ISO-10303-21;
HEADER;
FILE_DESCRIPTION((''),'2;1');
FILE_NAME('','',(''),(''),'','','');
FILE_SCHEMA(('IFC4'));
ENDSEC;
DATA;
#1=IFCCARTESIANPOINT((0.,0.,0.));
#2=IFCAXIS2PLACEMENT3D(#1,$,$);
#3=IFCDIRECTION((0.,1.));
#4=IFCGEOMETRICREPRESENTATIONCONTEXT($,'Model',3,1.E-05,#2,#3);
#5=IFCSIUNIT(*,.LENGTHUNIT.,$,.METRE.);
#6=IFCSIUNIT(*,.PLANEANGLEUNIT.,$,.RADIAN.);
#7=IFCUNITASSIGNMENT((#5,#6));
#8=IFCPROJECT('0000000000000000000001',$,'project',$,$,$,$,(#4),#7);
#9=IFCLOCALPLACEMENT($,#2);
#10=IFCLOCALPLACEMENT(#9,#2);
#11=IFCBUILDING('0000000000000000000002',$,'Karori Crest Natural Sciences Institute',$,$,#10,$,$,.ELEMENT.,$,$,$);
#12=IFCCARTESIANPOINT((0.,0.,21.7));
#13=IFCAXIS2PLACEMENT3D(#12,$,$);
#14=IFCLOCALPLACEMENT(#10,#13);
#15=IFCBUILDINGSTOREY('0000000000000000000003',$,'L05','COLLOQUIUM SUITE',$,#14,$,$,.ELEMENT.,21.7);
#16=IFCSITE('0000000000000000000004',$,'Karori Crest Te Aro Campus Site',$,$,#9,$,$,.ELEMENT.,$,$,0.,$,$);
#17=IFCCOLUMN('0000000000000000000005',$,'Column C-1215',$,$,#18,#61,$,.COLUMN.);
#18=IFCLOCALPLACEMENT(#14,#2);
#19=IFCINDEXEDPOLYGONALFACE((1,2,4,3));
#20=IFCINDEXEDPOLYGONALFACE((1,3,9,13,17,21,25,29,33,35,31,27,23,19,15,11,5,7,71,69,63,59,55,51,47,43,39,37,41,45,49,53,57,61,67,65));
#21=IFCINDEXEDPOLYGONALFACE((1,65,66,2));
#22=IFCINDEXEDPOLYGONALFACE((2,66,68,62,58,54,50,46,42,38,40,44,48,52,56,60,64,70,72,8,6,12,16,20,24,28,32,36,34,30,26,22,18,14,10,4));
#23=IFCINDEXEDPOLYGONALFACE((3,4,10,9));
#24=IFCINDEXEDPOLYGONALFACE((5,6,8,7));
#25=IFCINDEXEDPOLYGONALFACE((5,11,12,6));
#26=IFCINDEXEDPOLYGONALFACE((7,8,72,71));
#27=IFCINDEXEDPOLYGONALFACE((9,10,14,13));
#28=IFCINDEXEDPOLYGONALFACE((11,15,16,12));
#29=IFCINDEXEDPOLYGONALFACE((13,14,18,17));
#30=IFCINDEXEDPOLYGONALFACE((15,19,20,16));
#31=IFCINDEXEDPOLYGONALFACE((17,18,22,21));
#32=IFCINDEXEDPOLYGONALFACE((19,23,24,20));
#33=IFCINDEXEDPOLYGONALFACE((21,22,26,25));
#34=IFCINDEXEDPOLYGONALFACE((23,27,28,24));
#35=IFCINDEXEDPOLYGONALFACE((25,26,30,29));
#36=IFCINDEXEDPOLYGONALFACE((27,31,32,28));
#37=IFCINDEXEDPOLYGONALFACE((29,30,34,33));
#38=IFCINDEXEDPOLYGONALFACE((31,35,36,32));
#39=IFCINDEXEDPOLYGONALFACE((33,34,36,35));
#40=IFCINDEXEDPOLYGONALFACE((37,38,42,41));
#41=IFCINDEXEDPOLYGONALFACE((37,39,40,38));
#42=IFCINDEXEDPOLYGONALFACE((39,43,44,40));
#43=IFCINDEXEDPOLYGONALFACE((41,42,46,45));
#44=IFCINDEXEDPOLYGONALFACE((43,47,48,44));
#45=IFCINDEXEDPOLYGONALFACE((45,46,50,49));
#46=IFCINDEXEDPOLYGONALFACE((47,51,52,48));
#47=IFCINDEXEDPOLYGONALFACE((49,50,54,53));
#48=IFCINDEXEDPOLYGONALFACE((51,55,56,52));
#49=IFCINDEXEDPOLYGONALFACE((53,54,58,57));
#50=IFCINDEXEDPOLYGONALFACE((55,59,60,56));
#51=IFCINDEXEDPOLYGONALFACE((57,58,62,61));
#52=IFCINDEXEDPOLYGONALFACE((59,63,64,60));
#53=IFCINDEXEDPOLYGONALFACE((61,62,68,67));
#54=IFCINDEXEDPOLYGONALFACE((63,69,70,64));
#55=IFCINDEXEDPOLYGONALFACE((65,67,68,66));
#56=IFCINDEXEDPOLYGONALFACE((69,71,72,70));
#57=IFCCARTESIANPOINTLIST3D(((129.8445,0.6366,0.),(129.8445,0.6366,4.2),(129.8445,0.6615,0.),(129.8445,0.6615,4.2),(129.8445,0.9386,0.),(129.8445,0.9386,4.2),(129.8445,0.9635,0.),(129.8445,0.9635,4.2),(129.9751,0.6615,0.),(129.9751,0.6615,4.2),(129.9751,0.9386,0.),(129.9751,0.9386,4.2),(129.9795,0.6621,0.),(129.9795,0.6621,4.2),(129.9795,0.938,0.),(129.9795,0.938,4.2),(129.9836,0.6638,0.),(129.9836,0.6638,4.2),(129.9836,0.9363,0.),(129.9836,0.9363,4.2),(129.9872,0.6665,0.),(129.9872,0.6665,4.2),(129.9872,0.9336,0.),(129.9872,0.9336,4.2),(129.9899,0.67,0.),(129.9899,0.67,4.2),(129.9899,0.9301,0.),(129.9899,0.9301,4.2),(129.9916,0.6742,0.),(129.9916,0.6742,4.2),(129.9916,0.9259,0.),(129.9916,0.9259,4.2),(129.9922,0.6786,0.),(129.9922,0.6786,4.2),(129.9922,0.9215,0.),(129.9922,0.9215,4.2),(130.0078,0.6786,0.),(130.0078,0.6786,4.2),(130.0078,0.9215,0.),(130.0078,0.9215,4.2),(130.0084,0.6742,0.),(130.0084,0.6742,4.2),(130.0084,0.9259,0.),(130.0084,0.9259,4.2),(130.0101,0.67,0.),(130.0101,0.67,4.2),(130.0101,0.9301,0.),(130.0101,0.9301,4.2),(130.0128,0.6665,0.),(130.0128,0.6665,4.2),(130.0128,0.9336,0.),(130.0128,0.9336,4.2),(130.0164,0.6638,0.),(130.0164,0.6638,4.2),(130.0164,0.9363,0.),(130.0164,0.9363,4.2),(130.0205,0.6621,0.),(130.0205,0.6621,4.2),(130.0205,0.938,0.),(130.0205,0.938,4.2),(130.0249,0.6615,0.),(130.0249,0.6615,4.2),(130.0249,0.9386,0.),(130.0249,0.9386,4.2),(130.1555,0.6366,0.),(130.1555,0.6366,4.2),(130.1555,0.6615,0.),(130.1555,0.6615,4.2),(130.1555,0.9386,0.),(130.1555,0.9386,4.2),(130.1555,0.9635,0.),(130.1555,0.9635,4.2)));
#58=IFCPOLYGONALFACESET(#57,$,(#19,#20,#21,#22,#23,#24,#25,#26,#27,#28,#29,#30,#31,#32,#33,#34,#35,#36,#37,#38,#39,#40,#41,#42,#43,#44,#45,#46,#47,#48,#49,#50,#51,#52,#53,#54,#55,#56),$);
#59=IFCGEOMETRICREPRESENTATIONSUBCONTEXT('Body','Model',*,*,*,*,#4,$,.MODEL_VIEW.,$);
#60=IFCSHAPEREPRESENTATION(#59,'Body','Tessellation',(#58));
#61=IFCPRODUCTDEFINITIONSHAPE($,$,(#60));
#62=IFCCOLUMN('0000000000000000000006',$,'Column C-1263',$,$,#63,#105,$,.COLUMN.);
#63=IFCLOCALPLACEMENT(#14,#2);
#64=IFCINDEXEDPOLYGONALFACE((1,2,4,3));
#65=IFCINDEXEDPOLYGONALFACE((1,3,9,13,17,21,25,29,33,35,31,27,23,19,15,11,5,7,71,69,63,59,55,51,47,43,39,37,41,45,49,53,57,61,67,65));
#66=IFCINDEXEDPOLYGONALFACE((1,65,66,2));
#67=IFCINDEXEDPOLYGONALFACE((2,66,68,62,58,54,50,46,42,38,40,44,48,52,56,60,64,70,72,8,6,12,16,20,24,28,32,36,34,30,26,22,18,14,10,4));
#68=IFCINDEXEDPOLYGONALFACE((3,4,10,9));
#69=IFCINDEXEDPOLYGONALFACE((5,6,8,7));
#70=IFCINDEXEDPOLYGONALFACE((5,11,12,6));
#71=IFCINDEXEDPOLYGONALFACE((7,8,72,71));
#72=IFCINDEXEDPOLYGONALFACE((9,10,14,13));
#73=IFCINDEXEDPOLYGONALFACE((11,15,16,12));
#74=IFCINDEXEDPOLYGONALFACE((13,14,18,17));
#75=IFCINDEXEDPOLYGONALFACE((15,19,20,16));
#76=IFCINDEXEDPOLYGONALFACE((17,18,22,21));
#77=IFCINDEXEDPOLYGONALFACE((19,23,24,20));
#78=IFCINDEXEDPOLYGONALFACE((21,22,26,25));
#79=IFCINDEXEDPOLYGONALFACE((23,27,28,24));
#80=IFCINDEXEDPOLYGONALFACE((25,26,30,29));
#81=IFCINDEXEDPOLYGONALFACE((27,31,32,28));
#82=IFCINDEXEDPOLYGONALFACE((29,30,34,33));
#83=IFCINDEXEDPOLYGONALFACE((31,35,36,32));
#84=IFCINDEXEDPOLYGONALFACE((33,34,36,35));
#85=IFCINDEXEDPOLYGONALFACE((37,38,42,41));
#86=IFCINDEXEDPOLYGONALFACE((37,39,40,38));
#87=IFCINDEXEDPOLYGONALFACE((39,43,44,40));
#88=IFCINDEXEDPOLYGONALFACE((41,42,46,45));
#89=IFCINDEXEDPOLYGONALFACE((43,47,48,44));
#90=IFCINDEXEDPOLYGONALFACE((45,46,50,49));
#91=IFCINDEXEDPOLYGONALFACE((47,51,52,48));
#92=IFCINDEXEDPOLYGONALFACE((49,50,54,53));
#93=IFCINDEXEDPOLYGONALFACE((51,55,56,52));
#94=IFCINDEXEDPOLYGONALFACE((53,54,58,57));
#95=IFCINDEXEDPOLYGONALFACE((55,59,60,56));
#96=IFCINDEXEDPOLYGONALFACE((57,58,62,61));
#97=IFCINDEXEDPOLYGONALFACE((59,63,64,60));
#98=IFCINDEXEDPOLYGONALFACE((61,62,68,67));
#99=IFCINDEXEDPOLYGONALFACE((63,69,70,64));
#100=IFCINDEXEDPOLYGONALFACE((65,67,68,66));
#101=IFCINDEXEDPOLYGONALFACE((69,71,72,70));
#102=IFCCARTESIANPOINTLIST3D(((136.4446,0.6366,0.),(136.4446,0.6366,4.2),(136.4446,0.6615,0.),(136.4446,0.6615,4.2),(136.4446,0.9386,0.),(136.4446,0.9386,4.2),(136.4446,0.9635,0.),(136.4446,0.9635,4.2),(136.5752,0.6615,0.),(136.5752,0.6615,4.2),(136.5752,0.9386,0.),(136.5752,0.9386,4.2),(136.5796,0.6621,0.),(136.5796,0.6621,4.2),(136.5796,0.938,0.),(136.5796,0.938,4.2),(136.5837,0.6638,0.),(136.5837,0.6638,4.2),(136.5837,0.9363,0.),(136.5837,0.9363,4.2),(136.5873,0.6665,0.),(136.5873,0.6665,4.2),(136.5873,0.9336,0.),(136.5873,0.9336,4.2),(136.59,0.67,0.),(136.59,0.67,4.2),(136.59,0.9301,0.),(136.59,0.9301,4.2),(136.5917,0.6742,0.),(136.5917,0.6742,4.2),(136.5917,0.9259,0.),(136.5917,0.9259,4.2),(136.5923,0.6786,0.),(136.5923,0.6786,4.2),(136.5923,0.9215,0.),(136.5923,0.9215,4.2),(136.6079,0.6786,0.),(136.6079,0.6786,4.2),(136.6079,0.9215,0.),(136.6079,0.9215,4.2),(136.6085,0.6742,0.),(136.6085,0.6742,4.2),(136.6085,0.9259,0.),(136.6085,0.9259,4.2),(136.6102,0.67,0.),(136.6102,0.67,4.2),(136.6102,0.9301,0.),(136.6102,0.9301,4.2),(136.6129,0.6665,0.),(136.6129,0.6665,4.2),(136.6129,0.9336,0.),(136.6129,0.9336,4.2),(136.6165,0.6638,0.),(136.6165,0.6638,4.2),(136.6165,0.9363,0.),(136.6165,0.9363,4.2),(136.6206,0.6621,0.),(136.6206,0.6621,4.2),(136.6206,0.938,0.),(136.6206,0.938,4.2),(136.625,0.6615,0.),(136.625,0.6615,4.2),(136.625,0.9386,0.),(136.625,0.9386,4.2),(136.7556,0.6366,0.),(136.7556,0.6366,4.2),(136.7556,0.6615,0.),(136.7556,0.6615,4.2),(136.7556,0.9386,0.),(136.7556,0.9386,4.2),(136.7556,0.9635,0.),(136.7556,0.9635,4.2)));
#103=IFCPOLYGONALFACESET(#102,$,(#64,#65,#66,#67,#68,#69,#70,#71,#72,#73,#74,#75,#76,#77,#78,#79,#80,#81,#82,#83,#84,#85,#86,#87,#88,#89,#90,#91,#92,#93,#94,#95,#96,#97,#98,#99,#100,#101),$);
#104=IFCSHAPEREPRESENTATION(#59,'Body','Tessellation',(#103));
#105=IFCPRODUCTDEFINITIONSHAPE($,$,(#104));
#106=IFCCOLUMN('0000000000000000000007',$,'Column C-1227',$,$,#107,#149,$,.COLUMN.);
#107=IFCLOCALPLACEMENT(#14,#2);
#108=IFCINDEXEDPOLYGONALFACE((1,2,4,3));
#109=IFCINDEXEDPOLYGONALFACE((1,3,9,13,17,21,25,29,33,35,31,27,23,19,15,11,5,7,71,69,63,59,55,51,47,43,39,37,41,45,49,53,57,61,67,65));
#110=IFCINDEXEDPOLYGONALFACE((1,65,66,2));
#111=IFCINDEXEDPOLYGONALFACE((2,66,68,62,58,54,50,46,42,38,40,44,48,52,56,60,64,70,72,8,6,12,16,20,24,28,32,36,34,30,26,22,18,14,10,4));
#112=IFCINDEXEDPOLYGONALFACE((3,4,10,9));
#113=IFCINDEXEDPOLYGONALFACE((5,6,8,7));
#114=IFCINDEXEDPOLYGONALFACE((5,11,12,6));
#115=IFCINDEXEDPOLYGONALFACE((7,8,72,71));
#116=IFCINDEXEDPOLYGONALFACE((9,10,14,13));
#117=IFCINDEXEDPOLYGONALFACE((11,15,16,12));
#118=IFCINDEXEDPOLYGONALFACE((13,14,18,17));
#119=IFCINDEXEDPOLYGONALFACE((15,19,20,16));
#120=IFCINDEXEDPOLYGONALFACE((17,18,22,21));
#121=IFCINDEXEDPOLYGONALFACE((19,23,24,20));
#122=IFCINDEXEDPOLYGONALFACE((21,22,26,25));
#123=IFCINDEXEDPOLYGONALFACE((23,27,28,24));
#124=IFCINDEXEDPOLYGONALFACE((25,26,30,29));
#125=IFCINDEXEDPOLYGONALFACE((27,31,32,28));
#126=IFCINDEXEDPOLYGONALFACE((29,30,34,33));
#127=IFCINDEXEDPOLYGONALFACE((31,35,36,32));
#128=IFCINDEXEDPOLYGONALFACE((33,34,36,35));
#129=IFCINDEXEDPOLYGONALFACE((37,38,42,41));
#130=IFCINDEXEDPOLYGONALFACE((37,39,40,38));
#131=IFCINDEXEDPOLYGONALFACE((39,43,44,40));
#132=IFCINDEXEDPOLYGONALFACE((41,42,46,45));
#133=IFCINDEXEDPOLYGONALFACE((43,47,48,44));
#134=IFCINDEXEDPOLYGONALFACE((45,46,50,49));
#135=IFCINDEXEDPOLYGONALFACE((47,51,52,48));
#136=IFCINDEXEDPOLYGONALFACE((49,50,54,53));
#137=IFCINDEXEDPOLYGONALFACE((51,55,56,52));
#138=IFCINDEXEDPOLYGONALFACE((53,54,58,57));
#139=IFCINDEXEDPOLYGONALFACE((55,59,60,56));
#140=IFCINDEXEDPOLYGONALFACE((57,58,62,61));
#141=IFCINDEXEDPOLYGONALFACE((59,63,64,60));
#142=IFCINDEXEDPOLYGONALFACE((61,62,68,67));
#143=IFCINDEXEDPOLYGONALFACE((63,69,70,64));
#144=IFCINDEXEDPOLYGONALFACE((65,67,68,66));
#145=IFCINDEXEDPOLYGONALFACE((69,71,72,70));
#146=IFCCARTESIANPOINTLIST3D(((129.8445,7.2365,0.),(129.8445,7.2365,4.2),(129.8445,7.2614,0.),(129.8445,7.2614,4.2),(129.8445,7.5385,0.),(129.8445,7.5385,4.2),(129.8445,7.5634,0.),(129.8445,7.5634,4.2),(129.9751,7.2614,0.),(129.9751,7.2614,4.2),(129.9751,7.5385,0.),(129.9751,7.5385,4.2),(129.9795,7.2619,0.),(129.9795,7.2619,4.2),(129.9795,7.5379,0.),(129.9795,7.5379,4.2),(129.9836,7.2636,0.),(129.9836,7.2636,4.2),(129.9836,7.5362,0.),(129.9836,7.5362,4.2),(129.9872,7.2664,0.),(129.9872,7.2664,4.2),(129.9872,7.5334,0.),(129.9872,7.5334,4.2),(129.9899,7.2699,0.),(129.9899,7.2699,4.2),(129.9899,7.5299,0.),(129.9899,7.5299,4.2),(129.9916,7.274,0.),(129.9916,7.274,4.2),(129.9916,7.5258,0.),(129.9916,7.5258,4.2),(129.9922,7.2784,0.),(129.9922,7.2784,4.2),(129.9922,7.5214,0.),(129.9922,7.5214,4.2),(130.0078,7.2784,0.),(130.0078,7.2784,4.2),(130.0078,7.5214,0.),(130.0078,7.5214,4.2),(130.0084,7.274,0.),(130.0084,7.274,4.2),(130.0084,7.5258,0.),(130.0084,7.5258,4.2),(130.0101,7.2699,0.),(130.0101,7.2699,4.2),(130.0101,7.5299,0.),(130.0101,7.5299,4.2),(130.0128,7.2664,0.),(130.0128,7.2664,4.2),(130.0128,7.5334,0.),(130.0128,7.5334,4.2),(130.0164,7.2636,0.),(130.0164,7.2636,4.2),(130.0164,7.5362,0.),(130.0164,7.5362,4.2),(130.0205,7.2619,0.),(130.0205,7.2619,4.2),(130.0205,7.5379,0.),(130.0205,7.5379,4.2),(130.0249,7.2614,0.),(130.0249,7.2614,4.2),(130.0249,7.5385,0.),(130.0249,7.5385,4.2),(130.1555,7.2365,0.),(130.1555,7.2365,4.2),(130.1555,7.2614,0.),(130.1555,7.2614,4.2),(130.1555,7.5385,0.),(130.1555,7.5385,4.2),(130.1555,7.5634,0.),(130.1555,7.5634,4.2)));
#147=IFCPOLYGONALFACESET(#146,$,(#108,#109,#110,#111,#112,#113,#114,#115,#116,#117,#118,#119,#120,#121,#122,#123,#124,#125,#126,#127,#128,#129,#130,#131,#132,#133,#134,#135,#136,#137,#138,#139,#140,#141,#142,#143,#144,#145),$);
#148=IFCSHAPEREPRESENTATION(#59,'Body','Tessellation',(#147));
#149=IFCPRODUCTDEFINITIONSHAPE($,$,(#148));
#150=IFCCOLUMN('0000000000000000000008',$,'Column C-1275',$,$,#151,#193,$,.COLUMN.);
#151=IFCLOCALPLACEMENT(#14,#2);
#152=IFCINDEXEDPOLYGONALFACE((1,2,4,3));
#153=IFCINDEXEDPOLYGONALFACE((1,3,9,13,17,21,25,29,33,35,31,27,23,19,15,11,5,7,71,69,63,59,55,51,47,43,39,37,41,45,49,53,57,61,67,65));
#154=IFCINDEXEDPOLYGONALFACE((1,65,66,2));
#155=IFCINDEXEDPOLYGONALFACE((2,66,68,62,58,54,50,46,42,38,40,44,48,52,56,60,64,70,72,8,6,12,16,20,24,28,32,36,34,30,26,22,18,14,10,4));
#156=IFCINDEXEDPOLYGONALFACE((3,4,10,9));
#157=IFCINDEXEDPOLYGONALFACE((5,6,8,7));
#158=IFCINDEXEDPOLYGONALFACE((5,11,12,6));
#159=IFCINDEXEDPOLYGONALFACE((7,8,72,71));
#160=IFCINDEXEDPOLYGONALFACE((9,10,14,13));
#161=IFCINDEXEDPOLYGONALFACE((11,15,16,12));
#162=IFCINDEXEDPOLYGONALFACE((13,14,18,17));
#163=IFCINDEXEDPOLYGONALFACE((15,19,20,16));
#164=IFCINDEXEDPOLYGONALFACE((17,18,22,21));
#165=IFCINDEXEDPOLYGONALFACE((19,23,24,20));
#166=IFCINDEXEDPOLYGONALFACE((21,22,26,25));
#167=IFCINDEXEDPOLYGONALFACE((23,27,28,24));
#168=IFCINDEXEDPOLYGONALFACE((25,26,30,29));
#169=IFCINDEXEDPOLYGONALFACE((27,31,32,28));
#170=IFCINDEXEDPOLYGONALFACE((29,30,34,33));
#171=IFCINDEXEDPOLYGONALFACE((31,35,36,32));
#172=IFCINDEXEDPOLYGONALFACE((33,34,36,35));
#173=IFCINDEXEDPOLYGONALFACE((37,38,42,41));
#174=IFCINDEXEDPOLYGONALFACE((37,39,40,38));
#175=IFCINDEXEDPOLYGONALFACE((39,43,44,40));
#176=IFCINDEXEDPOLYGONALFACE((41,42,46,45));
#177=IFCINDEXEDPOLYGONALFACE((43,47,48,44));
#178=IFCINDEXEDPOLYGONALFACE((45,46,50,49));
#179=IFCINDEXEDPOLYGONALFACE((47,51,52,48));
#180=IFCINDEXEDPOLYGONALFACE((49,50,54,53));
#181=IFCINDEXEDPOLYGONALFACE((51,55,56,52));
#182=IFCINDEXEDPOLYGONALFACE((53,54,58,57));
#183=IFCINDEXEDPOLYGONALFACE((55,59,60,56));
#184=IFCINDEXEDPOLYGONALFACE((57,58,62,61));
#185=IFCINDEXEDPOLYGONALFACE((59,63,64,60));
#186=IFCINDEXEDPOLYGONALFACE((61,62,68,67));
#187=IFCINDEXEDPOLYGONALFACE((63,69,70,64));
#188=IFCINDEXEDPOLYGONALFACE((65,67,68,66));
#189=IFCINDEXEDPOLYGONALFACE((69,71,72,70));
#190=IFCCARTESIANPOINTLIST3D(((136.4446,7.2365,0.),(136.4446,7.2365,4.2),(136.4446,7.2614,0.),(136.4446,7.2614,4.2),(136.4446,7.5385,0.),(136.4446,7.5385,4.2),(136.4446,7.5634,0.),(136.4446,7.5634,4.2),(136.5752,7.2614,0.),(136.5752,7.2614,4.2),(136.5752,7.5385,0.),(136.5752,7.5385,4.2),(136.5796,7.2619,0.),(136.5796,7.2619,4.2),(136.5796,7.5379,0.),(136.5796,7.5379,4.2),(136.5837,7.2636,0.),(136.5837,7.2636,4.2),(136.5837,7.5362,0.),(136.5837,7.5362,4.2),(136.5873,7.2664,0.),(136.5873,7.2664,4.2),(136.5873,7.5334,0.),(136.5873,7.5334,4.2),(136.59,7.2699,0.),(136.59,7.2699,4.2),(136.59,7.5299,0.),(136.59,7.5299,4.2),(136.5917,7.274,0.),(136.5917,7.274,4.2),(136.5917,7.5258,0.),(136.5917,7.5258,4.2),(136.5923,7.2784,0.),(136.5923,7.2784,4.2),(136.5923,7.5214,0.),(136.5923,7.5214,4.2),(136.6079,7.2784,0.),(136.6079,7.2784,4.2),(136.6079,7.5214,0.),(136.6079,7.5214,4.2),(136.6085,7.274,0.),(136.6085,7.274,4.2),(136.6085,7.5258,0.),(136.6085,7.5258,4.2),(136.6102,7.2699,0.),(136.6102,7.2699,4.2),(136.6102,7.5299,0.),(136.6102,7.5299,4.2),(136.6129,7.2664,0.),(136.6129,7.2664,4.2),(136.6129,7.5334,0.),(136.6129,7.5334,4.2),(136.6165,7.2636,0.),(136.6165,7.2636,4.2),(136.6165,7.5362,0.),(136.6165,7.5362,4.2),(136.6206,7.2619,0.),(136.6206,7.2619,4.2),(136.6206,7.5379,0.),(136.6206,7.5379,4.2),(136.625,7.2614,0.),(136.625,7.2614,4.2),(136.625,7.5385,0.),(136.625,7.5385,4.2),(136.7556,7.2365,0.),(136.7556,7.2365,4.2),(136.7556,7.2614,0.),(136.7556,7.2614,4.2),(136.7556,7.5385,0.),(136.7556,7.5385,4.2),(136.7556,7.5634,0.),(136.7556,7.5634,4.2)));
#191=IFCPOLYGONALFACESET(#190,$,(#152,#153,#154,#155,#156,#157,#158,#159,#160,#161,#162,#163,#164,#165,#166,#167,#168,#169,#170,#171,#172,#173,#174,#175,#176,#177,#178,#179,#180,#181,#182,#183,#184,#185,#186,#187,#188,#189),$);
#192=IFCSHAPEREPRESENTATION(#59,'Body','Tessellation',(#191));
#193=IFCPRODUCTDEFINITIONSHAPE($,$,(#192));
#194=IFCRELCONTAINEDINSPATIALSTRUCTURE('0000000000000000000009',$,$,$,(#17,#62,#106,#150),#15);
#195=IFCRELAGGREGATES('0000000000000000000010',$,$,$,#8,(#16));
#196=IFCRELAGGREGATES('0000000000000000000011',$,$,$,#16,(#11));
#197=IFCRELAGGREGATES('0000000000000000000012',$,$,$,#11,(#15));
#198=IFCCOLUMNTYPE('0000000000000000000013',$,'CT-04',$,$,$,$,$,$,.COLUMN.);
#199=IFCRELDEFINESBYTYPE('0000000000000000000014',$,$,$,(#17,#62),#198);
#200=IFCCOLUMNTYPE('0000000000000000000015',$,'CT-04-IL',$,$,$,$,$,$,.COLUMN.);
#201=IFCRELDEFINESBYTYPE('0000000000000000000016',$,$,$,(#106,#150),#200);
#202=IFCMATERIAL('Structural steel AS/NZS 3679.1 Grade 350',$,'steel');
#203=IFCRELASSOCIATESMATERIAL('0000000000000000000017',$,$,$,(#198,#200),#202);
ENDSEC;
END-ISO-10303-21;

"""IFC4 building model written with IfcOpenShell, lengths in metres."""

from ifc_helpers import new_model, si_unit, direction, frame, origin, origin_2d, place, context, subcontext, project, spatial, i_section, extrude, material, material_profile, profile_set, type_object, element, save


model = new_model("IFC4")

# Units and contexts
model_context = context("Model", 3, precision=1e-05, world=origin(), true_north=direction((0.0, 1.0)))
body_context = subcontext(model_context, "Body", "Model", "MODEL_VIEW")
ifc_project = project(units=[si_unit("LENGTHUNIT", "METRE"), si_unit("PLANEANGLEUNIT", "RADIAN")], contexts=[model_context])

# Site, building, storey
site_placement = place(None, origin())
site = spatial("IfcSite", under=ifc_project, at=site_placement, Name="Karori Crest Te Aro Campus Site", CompositionType="ELEMENT", RefElevation=0.0)
building_placement = place(site_placement, origin())
building = spatial("IfcBuilding", under=site, at=building_placement, Name="Karori Crest Natural Sciences Institute", CompositionType="ELEMENT")
storey_placement = place(building_placement, frame((0.0, 0.0, 21.7)))
storey = spatial("IfcBuildingStorey", under=building, at=storey_placement, Name="L05", Description="COLLOQUIUM SUITE", CompositionType="ELEMENT", Elevation=21.7)

# Columns
ifc_material_1 = material(Name="Structural steel AS/NZS 3679.1 Grade 350", Category="steel")
ifc_material_profile_1 = material_profile(ifc_material_1, i_section(OverallWidth=0.311, OverallDepth=0.3269, WebThickness=0.0156, FlangeThickness=0.0249, FilletRadius=0.0171, at=origin_2d()), Name="310UC158")
ifc_profile_set_1 = profile_set([ifc_material_profile_1], Name="Structural steel AS/NZS 3679.1 Grade 350")
column_type_1 = type_object("IfcColumnType", Name="CT-04", PredefinedType="COLUMN", material=ifc_profile_set_1)
for number, where, z_axis, x_axis, name in (
    (1, (130.0, 0.8, 0.0), (0.0, 0.0, 1.0), (1.0, 0.0, 0.0), "Column C-1215"),
    (2, (136.6001, 0.8, 0.0), (0.0, 0.0, 1.0), (1.0, 0.0, 0.0), "Column C-1263"),
):
    element("IfcColumn", number, at=place(storey_placement, frame(where, z_axis=z_axis, x_axis=x_axis)), inside=storey, type_object=column_type_1, Name=name, PredefinedType="COLUMN", context=body_context, shape_type="SweptSolid", body=[
        extrude(i_section(OverallWidth=0.311, OverallDepth=0.3269, WebThickness=0.0156, FlangeThickness=0.0249, FilletRadius=0.0171, at=origin_2d()), origin(), (0.0, 0.0, 1.0), 4.2),
    ])
ifc_material_profile_2 = material_profile(ifc_material_1, i_section(OverallWidth=0.311, OverallDepth=0.3269, WebThickness=0.0156, FlangeThickness=0.0249, FilletRadius=0.0171, at=origin_2d()), Name="310UC158")
ifc_profile_set_2 = profile_set([ifc_material_profile_2], Name="Structural steel AS/NZS 3679.1 Grade 350")
column_type_2 = type_object("IfcColumnType", Name="CT-04-IL", PredefinedType="COLUMN", material=ifc_profile_set_2)
for number, where, z_axis, x_axis, name in (
    (3, (130.0, 7.3999, 0.0), (0.0, 0.0, 1.0), (1.0, 0.0, 0.0), "Column C-1227"),
    (4, (136.6001, 7.3999, 0.0), (0.0, 0.0, 1.0), (1.0, 0.0, 0.0), "Column C-1275"),
):
    element("IfcColumn", number, at=place(storey_placement, frame(where, z_axis=z_axis, x_axis=x_axis)), inside=storey, type_object=column_type_2, Name=name, PredefinedType="COLUMN", context=body_context, shape_type="SweptSolid", body=[
        extrude(i_section(OverallWidth=0.311, OverallDepth=0.3269, WebThickness=0.0156, FlangeThickness=0.0249, FilletRadius=0.0171, at=origin_2d()), origin(), (0.0, 0.0, 1.0), 4.2),
    ])

save(model, "model.ifc")
